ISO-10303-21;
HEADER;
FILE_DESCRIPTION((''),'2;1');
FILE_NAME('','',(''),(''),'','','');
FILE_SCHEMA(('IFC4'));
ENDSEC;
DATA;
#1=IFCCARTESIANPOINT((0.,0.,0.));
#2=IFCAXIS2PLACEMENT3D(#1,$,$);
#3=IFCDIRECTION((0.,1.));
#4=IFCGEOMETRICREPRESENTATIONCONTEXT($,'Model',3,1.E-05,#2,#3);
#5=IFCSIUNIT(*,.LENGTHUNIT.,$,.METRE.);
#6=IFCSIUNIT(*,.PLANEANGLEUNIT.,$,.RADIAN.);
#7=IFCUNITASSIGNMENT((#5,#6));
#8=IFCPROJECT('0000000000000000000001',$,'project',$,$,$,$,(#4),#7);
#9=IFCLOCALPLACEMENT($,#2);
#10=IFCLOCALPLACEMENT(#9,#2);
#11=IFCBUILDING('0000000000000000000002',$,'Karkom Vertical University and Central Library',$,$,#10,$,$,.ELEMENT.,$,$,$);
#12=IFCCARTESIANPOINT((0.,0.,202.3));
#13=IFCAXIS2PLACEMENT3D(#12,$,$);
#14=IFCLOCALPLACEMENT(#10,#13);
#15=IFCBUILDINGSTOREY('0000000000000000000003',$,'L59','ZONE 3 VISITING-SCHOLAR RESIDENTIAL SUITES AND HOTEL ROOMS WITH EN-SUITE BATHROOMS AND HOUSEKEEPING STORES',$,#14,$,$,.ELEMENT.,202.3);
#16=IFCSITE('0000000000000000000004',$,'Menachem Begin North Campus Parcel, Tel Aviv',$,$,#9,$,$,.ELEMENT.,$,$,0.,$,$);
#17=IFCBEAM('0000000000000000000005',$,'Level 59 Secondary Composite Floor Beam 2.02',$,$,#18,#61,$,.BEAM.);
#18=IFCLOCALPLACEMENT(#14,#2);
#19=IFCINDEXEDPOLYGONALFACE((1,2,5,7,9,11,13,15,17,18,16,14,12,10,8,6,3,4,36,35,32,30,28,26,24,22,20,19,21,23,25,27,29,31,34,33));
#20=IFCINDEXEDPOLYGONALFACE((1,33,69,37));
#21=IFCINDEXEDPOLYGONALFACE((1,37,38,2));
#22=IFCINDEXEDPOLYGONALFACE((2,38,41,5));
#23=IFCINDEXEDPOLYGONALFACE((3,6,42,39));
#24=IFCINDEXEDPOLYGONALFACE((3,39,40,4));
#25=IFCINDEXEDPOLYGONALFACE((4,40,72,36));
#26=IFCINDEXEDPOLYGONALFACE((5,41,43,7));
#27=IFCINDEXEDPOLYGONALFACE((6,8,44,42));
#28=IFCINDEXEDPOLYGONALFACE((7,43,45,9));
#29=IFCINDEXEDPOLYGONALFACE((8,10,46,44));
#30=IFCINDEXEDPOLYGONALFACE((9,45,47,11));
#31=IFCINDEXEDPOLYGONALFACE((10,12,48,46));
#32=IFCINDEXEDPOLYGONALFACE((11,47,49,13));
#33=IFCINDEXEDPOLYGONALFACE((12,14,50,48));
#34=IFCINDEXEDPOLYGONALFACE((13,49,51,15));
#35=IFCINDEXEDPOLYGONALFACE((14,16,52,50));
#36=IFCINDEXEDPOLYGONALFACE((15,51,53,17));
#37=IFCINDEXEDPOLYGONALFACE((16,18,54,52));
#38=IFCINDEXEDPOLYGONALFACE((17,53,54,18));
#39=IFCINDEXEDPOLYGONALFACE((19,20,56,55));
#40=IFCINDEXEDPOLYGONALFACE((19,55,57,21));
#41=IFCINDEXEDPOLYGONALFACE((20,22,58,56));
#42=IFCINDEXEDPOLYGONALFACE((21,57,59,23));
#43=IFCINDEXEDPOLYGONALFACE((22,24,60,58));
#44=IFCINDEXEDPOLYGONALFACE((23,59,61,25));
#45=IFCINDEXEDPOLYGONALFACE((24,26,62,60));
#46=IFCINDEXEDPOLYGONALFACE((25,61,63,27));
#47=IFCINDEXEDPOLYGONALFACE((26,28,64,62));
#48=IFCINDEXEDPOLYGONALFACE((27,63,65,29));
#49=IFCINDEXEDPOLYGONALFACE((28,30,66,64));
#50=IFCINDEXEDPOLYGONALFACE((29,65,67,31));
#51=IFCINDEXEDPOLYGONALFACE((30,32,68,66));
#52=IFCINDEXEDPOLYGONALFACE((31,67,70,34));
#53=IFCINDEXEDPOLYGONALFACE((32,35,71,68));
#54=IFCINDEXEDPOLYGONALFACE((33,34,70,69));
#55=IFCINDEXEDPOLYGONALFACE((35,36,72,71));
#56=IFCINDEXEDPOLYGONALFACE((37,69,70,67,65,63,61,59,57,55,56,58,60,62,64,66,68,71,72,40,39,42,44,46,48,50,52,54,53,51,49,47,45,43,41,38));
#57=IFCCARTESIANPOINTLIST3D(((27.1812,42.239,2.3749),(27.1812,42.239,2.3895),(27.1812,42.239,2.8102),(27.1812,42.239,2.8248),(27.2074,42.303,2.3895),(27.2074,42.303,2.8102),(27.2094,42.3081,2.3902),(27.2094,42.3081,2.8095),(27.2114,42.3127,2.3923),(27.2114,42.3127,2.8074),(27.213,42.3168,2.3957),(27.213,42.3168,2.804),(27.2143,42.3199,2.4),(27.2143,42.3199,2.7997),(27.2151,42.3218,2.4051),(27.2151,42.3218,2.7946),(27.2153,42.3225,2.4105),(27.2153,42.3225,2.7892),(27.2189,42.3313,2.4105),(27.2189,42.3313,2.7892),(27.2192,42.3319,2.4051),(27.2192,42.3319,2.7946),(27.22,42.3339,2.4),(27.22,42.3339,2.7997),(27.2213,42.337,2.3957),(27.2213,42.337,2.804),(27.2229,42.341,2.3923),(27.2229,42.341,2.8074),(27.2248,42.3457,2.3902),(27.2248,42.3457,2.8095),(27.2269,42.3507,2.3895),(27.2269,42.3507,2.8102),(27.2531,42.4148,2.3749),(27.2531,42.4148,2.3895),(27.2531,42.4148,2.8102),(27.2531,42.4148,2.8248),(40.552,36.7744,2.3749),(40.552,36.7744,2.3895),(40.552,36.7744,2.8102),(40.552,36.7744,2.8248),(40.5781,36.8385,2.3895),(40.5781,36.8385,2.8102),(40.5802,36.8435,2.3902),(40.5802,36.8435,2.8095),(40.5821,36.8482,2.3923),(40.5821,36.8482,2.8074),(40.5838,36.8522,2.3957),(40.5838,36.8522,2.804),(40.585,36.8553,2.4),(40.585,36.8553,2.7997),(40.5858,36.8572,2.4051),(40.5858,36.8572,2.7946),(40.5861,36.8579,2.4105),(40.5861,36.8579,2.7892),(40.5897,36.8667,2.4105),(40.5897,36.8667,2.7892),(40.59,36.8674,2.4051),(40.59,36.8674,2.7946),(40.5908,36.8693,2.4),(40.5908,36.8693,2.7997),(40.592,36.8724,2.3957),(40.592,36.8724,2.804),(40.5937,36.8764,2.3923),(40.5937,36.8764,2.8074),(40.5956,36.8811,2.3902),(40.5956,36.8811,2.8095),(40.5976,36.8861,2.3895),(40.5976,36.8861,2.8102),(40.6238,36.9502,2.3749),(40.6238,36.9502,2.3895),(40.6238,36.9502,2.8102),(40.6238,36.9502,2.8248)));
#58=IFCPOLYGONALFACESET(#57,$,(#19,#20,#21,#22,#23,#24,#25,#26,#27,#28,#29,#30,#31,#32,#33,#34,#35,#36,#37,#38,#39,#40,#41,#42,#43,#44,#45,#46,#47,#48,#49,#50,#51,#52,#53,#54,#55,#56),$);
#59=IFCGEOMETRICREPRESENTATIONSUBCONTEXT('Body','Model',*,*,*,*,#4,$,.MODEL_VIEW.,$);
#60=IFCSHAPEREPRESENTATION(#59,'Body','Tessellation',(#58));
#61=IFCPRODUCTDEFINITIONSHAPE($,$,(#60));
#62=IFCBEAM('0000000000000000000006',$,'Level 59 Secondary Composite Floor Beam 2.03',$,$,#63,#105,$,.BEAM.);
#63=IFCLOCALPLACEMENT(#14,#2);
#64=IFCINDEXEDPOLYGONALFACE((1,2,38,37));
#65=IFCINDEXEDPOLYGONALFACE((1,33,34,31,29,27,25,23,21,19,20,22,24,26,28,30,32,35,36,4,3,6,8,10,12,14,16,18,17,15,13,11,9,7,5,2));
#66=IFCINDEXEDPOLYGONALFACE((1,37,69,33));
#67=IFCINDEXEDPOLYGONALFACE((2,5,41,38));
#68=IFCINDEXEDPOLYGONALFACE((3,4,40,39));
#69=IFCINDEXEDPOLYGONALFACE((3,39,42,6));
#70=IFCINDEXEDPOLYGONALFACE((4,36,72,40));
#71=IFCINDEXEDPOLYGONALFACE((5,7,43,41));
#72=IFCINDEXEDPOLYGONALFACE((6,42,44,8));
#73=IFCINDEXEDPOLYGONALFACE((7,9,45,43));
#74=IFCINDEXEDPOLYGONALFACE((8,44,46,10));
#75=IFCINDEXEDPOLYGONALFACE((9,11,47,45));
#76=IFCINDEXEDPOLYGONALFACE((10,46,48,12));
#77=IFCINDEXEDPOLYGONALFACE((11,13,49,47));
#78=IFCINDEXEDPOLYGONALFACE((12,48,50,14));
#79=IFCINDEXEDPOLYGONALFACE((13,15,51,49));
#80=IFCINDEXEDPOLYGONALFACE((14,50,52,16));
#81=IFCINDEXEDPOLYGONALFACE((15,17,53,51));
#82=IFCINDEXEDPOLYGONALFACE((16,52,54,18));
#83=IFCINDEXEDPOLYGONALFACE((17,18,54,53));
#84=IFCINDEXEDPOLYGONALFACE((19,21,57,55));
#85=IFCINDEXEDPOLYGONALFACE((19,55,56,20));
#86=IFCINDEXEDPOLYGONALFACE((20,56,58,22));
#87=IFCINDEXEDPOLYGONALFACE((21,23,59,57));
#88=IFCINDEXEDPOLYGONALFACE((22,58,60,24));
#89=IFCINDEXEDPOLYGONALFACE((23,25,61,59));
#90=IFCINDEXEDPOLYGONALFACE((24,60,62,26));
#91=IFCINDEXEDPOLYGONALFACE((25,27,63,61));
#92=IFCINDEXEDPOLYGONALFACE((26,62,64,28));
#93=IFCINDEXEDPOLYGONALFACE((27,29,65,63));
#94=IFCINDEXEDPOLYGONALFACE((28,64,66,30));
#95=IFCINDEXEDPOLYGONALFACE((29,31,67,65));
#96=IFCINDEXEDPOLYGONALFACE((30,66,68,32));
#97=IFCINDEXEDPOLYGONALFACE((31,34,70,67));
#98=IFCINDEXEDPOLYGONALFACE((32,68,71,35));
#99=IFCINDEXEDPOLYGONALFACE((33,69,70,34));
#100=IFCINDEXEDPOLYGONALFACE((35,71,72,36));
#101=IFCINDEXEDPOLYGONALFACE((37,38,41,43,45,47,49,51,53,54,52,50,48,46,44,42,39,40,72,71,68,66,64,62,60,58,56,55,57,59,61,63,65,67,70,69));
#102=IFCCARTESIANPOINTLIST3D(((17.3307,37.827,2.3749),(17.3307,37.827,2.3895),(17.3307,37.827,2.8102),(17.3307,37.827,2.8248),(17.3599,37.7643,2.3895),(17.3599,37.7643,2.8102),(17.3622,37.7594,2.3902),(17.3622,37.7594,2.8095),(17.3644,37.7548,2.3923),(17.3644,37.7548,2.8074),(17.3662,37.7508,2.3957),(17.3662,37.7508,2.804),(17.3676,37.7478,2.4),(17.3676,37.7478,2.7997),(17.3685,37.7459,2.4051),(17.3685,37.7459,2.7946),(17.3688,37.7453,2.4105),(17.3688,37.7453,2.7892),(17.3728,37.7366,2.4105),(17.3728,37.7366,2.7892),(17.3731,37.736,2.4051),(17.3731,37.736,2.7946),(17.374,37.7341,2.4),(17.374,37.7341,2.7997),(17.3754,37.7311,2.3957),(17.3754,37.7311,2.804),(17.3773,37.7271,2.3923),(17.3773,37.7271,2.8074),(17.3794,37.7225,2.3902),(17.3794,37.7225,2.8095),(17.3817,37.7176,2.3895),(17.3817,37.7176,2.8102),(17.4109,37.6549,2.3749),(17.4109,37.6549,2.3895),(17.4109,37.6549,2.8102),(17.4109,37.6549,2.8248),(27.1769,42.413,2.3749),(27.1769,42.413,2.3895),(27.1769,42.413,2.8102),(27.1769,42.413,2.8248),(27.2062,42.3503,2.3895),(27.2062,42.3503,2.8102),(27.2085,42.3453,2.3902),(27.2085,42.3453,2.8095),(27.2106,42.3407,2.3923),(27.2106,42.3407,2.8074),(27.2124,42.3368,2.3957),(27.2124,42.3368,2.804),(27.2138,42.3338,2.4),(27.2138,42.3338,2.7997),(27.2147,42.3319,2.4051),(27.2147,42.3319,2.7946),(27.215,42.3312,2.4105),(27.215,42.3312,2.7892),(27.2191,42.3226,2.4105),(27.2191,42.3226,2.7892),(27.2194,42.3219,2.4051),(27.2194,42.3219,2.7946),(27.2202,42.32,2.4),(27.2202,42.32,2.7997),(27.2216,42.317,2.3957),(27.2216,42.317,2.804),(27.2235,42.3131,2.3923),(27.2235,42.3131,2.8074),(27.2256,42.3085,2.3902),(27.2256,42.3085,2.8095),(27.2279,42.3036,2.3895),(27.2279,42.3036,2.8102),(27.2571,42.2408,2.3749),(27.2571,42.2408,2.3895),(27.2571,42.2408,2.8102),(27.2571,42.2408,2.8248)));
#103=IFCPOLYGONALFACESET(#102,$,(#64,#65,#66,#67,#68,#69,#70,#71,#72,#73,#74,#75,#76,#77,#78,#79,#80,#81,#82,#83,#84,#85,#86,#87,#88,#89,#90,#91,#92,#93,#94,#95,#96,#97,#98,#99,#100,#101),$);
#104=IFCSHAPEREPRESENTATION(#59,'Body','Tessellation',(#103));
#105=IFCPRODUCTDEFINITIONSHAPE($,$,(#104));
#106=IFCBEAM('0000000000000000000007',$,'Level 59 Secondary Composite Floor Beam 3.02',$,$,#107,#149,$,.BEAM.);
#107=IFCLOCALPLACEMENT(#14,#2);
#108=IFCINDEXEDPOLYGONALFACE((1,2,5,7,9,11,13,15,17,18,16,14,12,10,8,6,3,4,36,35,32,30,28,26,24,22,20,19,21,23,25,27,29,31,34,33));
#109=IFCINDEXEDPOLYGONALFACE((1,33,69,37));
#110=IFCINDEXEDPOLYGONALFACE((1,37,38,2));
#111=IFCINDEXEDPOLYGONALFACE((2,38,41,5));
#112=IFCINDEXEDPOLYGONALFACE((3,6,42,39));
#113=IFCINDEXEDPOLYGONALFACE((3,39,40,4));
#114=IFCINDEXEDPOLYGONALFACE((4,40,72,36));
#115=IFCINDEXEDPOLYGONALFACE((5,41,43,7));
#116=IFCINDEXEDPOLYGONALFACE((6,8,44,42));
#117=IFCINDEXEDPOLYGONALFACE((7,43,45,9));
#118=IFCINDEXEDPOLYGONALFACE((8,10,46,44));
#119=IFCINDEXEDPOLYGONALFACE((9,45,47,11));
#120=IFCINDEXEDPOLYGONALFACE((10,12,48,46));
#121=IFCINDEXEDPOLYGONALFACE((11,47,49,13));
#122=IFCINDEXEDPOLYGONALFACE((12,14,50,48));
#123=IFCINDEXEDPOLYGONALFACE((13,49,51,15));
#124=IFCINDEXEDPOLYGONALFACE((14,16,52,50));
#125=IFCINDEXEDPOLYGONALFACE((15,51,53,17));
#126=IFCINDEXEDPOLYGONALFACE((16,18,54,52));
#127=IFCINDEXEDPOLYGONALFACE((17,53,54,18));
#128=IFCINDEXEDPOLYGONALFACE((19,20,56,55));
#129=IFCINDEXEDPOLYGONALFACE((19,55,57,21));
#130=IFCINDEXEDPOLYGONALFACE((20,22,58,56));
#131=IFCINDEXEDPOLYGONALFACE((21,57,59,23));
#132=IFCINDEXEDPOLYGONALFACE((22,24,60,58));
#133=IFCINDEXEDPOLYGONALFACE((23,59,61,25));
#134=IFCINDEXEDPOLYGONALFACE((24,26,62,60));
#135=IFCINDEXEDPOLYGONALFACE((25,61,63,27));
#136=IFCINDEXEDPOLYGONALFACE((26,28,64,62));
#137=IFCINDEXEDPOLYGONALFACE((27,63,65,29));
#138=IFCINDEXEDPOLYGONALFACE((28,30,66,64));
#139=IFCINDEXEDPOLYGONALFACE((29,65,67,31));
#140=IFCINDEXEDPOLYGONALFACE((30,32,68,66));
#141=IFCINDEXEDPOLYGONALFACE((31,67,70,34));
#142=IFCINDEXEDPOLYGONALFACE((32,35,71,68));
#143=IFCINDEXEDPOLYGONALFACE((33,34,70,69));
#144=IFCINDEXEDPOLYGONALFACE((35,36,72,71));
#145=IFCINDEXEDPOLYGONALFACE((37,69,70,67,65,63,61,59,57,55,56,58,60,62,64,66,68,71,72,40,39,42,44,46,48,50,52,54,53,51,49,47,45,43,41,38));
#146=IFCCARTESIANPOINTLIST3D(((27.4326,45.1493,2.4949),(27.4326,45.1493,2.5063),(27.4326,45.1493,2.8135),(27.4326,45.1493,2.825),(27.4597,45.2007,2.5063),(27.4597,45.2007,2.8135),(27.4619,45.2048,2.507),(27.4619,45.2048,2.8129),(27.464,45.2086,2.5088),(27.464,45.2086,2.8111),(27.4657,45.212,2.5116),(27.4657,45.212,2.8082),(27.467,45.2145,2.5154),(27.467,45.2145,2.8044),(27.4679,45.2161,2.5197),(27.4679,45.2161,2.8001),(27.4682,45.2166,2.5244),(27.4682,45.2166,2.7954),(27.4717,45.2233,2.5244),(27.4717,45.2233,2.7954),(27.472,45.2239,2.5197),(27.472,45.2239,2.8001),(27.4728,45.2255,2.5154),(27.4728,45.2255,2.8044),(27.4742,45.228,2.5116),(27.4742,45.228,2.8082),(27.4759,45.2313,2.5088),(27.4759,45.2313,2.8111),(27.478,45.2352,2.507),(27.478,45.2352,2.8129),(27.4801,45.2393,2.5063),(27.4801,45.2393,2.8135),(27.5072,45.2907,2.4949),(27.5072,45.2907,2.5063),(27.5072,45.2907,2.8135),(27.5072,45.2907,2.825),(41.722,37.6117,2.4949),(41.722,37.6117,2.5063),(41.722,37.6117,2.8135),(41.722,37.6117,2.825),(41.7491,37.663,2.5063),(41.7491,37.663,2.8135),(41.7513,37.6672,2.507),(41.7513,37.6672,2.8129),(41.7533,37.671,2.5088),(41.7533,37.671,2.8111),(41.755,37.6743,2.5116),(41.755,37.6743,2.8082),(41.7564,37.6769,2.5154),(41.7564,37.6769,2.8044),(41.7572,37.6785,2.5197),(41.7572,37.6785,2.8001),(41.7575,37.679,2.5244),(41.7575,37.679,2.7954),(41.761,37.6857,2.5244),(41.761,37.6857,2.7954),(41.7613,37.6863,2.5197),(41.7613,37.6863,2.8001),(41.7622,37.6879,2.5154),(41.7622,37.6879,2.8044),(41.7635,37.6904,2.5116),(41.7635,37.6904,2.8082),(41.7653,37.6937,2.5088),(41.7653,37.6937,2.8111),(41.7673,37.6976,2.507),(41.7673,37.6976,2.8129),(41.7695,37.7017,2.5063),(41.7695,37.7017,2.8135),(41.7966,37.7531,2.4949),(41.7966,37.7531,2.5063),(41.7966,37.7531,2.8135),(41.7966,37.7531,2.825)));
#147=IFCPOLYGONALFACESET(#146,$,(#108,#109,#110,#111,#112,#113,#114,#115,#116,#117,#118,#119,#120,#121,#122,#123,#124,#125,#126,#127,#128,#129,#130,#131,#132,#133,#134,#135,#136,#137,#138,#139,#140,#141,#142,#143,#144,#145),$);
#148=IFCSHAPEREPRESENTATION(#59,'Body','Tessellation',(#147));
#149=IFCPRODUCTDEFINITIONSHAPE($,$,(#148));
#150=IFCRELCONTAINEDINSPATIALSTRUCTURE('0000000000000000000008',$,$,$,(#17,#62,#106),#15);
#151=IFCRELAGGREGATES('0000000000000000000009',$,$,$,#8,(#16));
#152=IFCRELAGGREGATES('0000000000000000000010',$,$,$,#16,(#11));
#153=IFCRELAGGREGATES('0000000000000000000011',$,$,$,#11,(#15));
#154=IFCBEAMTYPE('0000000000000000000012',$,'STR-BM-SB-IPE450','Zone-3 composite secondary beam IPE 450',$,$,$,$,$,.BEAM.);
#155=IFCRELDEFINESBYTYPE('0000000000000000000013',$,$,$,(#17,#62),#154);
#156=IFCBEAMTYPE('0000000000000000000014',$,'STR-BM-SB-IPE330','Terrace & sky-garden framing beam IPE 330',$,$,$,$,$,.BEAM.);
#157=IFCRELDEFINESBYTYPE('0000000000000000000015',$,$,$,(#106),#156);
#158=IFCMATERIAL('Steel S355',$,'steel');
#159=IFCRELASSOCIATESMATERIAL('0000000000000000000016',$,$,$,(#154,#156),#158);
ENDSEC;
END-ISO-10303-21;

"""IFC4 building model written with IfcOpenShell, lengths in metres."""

from ifc_helpers import new_model, si_unit, direction, frame, origin, origin_with_axes, origin_2d, place, context, subcontext, project, spatial, i_section, extrude, source, transform, mapped, material, material_profile, profile_set, type_object, element, save


model = new_model("IFC4")

# Units and contexts
model_context = context("Model", 3, precision=1e-05, world=origin(), true_north=direction((0.0, 1.0)))
body_context = subcontext(model_context, "Body", "Model", "MODEL_VIEW")
ifc_project = project(units=[si_unit("LENGTHUNIT", "METRE"), si_unit("PLANEANGLEUNIT", "RADIAN")], contexts=[model_context])

# Site, building, storey
site_placement = place(None, origin())
site = spatial("IfcSite", under=ifc_project, at=site_placement, Name="Menachem Begin North Campus Parcel, Tel Aviv", CompositionType="ELEMENT", RefElevation=0.0)
building_placement = place(site_placement, origin())
building = spatial("IfcBuilding", under=site, at=building_placement, Name="Karkom Vertical University and Central Library", CompositionType="ELEMENT")
storey_placement = place(building_placement, frame((0.0, 0.0, 202.3)))
storey = spatial("IfcBuildingStorey", under=building, at=storey_placement, Name="L59", Description="ZONE 3 VISITING-SCHOLAR RESIDENTIAL SUITES AND HOTEL ROOMS WITH EN-SUITE BATHROOMS AND HOUSEKEEPING STORES", CompositionType="ELEMENT", Elevation=202.3)

# Beams
ifc_material_1 = material(Name="Steel S355", Category="steel")
ifc_material_profile_1 = material_profile(ifc_material_1, i_section(OverallWidth=0.1899, OverallDepth=0.45, WebThickness=0.0095, FlangeThickness=0.0146, FilletRadius=0.021, at=origin_2d()), Name="IPE 450")
ifc_profile_set_1 = profile_set([ifc_material_profile_1], Name="Steel S355")
beam_type_1 = type_object("IfcBeamType", Name="STR-BM-SB-IPE450", Description="Zone-3 composite secondary beam IPE 450", PredefinedType="BEAM", material=ifc_profile_set_1)
shared_shape_1 = source(origin_with_axes(), body_context, "Body", "SweptSolid", [
    extrude(i_section(OverallWidth=0.1899, OverallDepth=0.45, WebThickness=0.0095, FlangeThickness=0.0146, FilletRadius=0.021, at=origin_2d()), origin(), (0.0, 0.0, 1.0), 14.4443),
])
beam_1_placement = place(storey_placement, frame((40.5879, 36.8623, 2.5999), z_axis=(-0.925675, 0.378319, 0.0), x_axis=(-0.378319, -0.925675, 0.0)))
element("IfcBeam", 1, at=beam_1_placement, inside=storey, type_object=beam_type_1, Name="Level 59 Secondary Composite Floor Beam 2.02", PredefinedType="BEAM", context=body_context, shape_type="MappedRepresentation", body=[
    mapped(shared_shape_1, transform((0.0, 0.0, 0.0), scale=1.0)),
])
shared_shape_2 = source(origin_with_axes(), body_context, "Body", "SweptSolid", [
    extrude(i_section(OverallWidth=0.1899, OverallDepth=0.45, WebThickness=0.0095, FlangeThickness=0.0146, FilletRadius=0.021, at=origin_2d()), origin(), (0.0, 0.0, 1.0), 10.8618),
])
beam_2_placement = place(storey_placement, frame((27.217, 42.3269, 2.5999), z_axis=(-0.906499, -0.422209, 0.0), x_axis=(0.422209, -0.906499, 0.0)))
element("IfcBeam", 2, at=beam_2_placement, inside=storey, type_object=beam_type_1, Name="Level 59 Secondary Composite Floor Beam 2.03", PredefinedType="BEAM", context=body_context, shape_type="MappedRepresentation", body=[
    mapped(shared_shape_2, transform((0.0, 0.0, 0.0), scale=1.0)),
])
ifc_material_profile_2 = material_profile(ifc_material_1, i_section(OverallWidth=0.1599, OverallDepth=0.3301, WebThickness=0.0076, FlangeThickness=0.0115, FilletRadius=0.0181, at=origin_2d()), Name="IPE 330")
ifc_profile_set_2 = profile_set([ifc_material_profile_2], Name="Steel S355")
beam_type_2 = type_object("IfcBeamType", Name="STR-BM-SB-IPE330", Description="Terrace & sky-garden framing beam IPE 330", PredefinedType="BEAM", material=ifc_profile_set_2)
shared_shape_3 = source(origin_with_axes(), body_context, "Body", "SweptSolid", [
    extrude(i_section(OverallWidth=0.1599, OverallDepth=0.3301, WebThickness=0.0076, FlangeThickness=0.0115, FilletRadius=0.0181, at=origin_2d()), origin(), (0.0, 0.0, 1.0), 16.1555),
])
beam_3_placement = place(storey_placement, frame((41.7593, 37.6824, 2.6599), z_axis=(-0.884486, 0.466566, 0.0), x_axis=(-0.466566, -0.884486, 0.0)))
element("IfcBeam", 3, at=beam_3_placement, inside=storey, type_object=beam_type_2, Name="Level 59 Secondary Composite Floor Beam 3.02", PredefinedType="BEAM", context=body_context, shape_type="MappedRepresentation", body=[
    mapped(shared_shape_3, transform((0.0, 0.0, 0.0), scale=1.0)),
])

save(model, "model.ifc")
